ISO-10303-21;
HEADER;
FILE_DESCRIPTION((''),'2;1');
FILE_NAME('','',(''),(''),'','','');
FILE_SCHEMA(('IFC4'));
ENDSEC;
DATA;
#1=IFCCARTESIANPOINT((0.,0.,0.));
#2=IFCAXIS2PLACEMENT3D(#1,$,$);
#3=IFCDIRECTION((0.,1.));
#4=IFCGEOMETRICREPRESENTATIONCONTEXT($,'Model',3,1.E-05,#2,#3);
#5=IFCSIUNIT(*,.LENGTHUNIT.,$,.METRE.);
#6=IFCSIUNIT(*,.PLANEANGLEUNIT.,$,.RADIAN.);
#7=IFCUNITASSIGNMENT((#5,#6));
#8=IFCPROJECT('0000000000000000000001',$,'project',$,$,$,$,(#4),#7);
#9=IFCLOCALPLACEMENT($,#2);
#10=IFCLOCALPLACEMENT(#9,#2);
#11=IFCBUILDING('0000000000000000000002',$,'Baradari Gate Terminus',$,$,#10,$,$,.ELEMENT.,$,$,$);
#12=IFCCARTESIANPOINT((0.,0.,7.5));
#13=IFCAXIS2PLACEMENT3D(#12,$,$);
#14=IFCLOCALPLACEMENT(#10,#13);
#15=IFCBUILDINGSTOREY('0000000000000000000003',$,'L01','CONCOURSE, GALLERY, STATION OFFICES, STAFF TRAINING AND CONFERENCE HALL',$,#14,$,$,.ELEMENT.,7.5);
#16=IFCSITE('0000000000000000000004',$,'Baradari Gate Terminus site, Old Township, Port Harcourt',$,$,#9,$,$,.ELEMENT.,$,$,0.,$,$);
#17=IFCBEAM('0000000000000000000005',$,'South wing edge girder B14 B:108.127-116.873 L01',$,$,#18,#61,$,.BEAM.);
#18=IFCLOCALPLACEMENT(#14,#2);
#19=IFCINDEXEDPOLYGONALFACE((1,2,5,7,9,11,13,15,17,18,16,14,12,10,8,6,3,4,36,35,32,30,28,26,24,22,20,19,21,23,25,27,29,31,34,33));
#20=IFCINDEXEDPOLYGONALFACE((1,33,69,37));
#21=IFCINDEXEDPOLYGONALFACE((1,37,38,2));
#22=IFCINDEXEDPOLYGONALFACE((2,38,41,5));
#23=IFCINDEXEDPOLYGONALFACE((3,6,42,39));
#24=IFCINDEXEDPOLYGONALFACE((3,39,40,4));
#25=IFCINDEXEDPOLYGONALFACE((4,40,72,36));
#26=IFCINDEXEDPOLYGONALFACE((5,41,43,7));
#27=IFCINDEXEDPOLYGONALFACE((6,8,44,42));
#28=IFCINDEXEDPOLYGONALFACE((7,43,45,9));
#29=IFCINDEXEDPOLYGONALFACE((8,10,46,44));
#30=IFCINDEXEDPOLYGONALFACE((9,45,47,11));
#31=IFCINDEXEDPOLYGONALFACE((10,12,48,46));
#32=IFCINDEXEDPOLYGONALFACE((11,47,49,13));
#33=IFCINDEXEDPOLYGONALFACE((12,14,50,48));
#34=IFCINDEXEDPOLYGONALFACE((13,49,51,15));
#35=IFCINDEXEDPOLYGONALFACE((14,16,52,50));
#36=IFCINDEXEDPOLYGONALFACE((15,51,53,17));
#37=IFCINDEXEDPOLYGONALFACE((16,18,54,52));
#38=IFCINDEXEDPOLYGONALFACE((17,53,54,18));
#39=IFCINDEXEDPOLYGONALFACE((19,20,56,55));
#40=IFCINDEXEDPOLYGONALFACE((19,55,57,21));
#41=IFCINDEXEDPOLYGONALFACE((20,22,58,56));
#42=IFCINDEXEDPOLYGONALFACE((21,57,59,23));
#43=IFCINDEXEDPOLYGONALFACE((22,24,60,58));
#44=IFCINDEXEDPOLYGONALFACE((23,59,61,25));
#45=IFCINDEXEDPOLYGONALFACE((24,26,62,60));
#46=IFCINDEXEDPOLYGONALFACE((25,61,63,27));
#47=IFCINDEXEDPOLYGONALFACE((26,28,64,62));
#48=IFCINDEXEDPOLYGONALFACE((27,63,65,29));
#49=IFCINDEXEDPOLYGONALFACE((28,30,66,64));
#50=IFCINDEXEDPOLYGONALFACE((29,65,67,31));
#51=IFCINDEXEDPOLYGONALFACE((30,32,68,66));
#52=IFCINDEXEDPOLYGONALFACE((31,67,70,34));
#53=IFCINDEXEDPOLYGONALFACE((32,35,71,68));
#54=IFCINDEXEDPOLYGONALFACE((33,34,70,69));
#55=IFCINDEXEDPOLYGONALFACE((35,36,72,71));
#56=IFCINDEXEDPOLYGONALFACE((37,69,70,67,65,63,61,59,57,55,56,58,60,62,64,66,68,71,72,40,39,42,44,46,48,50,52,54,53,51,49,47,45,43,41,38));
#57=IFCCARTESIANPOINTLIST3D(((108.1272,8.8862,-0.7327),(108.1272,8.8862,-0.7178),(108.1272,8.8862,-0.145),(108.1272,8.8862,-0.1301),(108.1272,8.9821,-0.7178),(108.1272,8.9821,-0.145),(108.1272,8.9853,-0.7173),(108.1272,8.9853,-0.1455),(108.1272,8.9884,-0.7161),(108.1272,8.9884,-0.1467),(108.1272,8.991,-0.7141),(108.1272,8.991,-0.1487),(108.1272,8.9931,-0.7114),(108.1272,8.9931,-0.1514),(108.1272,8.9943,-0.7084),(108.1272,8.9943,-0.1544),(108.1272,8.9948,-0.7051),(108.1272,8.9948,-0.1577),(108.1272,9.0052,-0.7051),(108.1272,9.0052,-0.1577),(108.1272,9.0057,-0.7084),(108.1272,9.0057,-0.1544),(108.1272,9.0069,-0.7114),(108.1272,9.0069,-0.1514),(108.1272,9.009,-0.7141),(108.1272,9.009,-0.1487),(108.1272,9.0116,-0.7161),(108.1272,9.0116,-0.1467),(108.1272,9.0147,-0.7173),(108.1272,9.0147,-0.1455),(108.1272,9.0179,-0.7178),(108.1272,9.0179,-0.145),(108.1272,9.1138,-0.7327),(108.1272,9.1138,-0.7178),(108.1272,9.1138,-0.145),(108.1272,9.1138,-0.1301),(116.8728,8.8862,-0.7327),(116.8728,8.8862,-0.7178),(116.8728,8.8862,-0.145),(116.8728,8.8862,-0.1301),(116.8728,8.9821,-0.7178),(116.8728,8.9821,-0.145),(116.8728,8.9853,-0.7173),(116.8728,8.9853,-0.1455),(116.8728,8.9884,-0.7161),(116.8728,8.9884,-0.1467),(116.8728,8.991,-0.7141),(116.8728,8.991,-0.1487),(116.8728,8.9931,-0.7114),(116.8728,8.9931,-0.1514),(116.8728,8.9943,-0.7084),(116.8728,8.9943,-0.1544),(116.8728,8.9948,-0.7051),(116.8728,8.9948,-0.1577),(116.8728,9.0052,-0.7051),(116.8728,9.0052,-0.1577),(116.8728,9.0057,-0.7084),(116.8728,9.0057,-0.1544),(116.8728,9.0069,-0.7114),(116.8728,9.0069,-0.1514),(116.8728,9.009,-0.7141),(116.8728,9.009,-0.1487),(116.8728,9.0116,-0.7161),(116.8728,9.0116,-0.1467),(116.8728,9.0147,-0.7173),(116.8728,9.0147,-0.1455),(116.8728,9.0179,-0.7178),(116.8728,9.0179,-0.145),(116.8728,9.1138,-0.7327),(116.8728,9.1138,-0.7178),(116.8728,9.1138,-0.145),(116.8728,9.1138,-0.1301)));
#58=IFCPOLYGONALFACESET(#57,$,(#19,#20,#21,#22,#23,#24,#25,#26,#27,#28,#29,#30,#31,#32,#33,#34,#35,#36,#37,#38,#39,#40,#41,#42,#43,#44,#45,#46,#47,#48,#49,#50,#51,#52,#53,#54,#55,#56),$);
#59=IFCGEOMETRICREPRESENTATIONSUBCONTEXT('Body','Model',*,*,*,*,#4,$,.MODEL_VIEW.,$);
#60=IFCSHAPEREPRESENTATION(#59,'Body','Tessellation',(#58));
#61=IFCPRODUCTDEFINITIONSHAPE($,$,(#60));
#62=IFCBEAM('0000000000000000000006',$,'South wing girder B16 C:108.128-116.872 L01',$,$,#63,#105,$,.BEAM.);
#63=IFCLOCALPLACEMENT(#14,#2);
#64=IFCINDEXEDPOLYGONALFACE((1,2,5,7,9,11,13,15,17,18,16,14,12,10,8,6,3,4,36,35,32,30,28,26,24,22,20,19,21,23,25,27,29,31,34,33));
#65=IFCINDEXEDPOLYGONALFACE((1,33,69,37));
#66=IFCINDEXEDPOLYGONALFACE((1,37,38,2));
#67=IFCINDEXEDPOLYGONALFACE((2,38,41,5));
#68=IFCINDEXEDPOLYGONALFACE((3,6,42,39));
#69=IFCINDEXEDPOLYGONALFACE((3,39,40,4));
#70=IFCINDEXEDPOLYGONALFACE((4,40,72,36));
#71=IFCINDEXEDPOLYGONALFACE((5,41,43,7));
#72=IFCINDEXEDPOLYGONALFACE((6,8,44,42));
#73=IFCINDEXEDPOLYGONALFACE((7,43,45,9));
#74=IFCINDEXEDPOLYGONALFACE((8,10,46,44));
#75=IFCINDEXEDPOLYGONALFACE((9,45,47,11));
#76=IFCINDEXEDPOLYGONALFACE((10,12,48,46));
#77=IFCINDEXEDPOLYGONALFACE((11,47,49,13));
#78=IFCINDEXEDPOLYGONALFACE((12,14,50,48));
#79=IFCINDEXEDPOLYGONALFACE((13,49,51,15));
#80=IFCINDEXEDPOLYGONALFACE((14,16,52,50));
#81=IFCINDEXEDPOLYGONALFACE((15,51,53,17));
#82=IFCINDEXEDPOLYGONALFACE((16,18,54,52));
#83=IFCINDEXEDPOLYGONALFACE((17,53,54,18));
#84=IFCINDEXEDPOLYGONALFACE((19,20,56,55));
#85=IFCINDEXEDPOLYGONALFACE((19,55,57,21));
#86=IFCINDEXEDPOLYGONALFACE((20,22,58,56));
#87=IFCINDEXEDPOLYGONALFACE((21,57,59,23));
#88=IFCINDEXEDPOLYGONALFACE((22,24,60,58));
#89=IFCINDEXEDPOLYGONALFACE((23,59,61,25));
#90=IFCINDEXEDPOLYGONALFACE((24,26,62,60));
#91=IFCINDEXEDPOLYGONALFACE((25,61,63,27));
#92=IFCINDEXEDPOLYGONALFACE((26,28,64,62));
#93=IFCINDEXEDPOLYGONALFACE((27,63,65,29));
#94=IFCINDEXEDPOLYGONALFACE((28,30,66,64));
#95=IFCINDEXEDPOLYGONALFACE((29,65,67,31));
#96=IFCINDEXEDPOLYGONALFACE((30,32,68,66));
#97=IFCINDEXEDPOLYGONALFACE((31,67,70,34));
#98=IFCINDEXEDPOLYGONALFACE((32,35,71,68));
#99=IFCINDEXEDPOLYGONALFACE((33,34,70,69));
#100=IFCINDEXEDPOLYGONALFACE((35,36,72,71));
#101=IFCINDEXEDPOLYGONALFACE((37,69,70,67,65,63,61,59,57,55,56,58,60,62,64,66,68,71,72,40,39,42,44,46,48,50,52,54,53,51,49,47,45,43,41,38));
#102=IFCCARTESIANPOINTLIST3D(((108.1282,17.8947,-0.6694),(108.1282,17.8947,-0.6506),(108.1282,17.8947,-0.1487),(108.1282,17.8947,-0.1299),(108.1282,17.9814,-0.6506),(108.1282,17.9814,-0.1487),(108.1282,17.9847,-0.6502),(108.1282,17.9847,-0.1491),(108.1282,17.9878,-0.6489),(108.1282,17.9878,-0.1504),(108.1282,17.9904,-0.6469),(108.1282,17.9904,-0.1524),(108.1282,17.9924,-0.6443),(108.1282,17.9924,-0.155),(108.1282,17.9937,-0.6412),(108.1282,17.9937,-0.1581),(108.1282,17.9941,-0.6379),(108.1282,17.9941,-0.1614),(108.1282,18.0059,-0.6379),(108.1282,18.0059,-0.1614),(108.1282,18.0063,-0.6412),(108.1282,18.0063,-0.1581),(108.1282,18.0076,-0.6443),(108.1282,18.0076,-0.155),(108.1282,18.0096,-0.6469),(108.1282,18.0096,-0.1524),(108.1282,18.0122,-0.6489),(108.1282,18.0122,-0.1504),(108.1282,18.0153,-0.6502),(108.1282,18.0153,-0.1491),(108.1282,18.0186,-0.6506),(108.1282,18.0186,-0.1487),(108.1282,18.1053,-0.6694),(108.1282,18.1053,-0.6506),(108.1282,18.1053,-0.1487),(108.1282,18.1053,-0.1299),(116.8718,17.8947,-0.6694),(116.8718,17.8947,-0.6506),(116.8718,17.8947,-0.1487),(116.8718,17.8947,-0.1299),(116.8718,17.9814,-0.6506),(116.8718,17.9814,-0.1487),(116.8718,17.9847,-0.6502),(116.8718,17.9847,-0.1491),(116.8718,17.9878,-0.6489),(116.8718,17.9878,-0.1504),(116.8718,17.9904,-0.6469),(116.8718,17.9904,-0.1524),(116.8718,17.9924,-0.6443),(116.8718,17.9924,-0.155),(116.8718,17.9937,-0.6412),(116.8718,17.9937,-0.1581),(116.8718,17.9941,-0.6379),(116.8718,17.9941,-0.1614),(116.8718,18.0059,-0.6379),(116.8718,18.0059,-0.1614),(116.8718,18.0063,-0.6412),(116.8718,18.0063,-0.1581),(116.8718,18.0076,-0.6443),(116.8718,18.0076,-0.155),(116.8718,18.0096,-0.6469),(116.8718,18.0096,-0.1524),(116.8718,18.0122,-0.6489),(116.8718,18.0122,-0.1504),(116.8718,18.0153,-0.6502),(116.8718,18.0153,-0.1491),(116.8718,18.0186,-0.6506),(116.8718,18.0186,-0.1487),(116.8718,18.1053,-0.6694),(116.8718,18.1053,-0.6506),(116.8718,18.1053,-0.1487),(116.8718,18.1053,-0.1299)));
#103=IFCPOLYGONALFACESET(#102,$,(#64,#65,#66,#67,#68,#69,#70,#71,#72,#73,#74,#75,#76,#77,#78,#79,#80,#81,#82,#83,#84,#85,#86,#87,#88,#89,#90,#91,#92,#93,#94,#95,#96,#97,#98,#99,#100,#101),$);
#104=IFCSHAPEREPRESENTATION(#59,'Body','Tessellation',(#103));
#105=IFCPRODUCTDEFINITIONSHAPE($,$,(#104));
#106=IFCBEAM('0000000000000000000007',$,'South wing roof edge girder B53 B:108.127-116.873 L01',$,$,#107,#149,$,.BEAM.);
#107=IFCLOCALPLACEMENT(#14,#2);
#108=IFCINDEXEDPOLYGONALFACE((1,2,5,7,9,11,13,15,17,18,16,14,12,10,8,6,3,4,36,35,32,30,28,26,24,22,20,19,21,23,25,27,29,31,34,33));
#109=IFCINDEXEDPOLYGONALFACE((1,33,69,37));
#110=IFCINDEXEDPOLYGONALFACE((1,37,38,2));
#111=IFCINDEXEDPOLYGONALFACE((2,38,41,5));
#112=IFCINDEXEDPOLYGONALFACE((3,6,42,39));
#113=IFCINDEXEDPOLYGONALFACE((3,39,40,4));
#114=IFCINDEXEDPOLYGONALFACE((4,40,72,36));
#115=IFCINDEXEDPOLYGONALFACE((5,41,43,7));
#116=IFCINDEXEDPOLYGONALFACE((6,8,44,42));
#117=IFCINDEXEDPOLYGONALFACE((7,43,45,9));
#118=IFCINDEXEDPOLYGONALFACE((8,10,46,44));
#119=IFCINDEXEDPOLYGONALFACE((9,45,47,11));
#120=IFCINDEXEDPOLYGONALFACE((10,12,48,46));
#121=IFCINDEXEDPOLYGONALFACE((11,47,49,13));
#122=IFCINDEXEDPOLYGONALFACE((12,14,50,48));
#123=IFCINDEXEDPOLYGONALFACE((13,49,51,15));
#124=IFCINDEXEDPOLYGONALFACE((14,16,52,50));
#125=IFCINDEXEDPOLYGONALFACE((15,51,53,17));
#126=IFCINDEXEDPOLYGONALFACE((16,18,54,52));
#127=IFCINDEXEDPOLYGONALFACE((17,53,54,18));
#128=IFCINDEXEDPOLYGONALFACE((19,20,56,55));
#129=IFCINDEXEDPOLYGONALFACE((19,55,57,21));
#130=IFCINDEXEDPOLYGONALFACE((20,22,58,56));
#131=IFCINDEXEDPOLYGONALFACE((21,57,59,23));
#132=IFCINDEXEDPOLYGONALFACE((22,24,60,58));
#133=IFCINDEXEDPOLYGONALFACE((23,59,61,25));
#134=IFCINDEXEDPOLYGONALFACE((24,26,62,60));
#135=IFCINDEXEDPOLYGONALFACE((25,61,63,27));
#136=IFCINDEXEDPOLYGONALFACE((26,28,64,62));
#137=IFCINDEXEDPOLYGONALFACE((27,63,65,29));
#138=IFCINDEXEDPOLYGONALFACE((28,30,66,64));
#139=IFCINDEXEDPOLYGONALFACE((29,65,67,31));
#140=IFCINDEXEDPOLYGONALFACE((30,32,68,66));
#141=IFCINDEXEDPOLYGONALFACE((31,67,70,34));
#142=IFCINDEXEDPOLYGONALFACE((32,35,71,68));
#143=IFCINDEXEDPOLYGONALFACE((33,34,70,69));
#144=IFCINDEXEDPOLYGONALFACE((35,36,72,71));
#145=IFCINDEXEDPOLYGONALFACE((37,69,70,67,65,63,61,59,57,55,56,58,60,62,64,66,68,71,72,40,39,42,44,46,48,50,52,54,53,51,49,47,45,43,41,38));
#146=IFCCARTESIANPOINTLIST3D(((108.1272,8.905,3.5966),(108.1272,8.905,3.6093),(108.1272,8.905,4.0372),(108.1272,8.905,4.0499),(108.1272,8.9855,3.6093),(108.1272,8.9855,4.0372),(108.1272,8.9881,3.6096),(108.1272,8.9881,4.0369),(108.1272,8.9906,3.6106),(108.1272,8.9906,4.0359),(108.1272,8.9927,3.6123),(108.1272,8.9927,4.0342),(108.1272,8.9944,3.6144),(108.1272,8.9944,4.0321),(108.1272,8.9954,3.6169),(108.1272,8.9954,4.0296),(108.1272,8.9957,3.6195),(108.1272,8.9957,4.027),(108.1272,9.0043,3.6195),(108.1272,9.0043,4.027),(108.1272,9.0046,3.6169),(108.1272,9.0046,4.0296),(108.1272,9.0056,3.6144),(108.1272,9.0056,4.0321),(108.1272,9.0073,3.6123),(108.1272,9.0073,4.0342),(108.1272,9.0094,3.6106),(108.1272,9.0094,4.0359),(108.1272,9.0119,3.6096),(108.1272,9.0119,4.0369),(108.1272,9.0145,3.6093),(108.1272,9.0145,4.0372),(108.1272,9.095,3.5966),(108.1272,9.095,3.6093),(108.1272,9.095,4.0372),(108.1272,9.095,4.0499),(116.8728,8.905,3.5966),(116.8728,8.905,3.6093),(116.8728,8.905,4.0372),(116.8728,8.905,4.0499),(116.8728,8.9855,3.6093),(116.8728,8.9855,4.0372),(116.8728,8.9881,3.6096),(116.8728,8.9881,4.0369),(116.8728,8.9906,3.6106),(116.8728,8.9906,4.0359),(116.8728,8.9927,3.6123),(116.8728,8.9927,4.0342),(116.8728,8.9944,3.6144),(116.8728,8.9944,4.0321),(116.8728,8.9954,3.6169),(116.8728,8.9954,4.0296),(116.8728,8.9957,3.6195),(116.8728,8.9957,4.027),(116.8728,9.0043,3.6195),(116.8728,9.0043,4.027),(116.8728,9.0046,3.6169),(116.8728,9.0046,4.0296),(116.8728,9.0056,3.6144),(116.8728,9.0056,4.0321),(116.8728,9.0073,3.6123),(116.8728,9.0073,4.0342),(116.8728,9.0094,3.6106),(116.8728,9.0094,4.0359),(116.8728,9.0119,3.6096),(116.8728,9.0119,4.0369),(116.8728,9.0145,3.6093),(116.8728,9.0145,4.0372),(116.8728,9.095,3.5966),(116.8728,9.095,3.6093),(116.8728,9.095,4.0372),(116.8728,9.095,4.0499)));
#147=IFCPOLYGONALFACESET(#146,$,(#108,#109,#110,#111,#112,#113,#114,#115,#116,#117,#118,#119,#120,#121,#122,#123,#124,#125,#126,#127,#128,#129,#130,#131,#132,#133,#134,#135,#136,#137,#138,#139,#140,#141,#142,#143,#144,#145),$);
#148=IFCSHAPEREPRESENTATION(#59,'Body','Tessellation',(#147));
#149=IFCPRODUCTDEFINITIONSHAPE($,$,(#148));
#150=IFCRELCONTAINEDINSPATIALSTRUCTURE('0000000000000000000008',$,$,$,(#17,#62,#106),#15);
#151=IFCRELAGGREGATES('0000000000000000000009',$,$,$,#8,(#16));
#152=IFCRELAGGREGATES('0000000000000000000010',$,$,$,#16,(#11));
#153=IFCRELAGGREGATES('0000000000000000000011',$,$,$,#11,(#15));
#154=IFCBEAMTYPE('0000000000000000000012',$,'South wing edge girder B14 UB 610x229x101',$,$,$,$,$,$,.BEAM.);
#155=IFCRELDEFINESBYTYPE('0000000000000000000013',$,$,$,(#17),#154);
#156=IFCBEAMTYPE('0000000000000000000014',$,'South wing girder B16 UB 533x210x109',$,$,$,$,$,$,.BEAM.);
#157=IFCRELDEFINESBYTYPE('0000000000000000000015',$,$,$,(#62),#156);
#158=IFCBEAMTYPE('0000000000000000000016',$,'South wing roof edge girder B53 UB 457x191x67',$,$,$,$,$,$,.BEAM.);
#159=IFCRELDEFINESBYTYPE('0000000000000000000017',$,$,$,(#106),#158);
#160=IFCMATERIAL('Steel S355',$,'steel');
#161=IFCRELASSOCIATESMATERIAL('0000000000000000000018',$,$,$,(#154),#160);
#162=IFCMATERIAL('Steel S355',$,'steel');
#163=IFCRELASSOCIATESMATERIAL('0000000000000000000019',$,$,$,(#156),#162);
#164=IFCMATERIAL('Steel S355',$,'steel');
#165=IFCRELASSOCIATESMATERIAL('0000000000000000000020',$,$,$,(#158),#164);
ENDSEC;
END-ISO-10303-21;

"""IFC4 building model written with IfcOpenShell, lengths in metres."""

from ifc_helpers import new_model, si_unit, direction, frame, origin, origin_2d, place, context, subcontext, project, spatial, i_section, extrude, material, material_profile, profile_set, type_object, element, save


model = new_model("IFC4")

# Units and contexts
model_context = context("Model", 3, precision=1e-05, world=origin(), true_north=direction((0.0, 1.0)))
body_context = subcontext(model_context, "Body", "Model", "MODEL_VIEW")
ifc_project = project(units=[si_unit("LENGTHUNIT", "METRE"), si_unit("PLANEANGLEUNIT", "RADIAN")], contexts=[model_context])

# Site, building, storey
site_placement = place(None, origin())
site = spatial("IfcSite", under=ifc_project, at=site_placement, Name="Baradari Gate Terminus site, Old Township, Port Harcourt", CompositionType="ELEMENT", RefElevation=0.0)
building_placement = place(site_placement, origin())
building = spatial("IfcBuilding", under=site, at=building_placement, Name="Baradari Gate Terminus", CompositionType="ELEMENT")
storey_placement = place(building_placement, frame((0.0, 0.0, 7.5)))
storey = spatial("IfcBuildingStorey", under=building, at=storey_placement, Name="L01", Description="CONCOURSE, GALLERY, STATION OFFICES, STAFF TRAINING AND CONFERENCE HALL", CompositionType="ELEMENT", Elevation=7.5)

# Beams
ifc_material_1 = material(Name="Steel S355", Category="steel")
ifc_material_profile_1 = material_profile(ifc_material_1, i_section(OverallWidth=0.2275, OverallDepth=0.6025, WebThickness=0.0105, FlangeThickness=0.0149, FilletRadius=0.0127, at=origin_2d()), Name="UB 610x229x101")
ifc_profile_set_1 = profile_set([ifc_material_profile_1], Name="Steel S355")
beam_type_1 = type_object("IfcBeamType", Name="South wing edge girder B14 UB 610x229x101", PredefinedType="BEAM", material=ifc_profile_set_1)
beam_1_placement = place(storey_placement, frame((108.1272, 9.0, -0.4314), z_axis=(1.0, 0.0, 0.0), x_axis=(0.0, 1.0, 0.0)))
element("IfcBeam", 1, at=beam_1_placement, inside=storey, type_object=beam_type_1, Name="South wing edge girder B14 B:108.127-116.873 L01", PredefinedType="BEAM", context=body_context, shape_type="SweptSolid", body=[
    extrude(i_section(OverallWidth=0.2275, OverallDepth=0.6025, WebThickness=0.0105, FlangeThickness=0.0149, FilletRadius=0.0127, at=origin_2d()), origin(), (0.0, 0.0, 1.0), 8.7456),
])
ifc_material_2 = material(Name="Steel S355", Category="steel")
ifc_material_profile_2 = material_profile(ifc_material_2, i_section(OverallWidth=0.2107, OverallDepth=0.5396, WebThickness=0.0117, FlangeThickness=0.0188, FilletRadius=0.0127, at=origin_2d()), Name="UB 533x210x109")
ifc_profile_set_2 = profile_set([ifc_material_profile_2], Name="Steel S355")
beam_type_2 = type_object("IfcBeamType", Name="South wing girder B16 UB 533x210x109", PredefinedType="BEAM", material=ifc_profile_set_2)
beam_2_placement = place(storey_placement, frame((108.1282, 18.0, -0.3997), z_axis=(1.0, 0.0, 0.0), x_axis=(0.0, 1.0, 0.0)))
element("IfcBeam", 2, at=beam_2_placement, inside=storey, type_object=beam_type_2, Name="South wing girder B16 C:108.128-116.872 L01", PredefinedType="BEAM", context=body_context, shape_type="SweptSolid", body=[
    extrude(i_section(OverallWidth=0.2107, OverallDepth=0.5396, WebThickness=0.0117, FlangeThickness=0.0188, FilletRadius=0.0127, at=origin_2d()), origin(), (0.0, 0.0, 1.0), 8.7437),
])
ifc_material_3 = material(Name="Steel S355", Category="steel")
ifc_material_profile_3 = material_profile(ifc_material_3, i_section(OverallWidth=0.1899, OverallDepth=0.4534, WebThickness=0.0085, FlangeThickness=0.0127, FilletRadius=0.0103, at=origin_2d()), Name="UB 457x191x67")
ifc_profile_set_3 = profile_set([ifc_material_profile_3], Name="Steel S355")
beam_type_3 = type_object("IfcBeamType", Name="South wing roof edge girder B53 UB 457x191x67", PredefinedType="BEAM", material=ifc_profile_set_3)
beam_3_placement = place(storey_placement, frame((108.1272, 9.0, 3.8232), z_axis=(1.0, 0.0, 0.0), x_axis=(0.0, 1.0, 0.0)))
element("IfcBeam", 3, at=beam_3_placement, inside=storey, type_object=beam_type_3, Name="South wing roof edge girder B53 B:108.127-116.873 L01", PredefinedType="BEAM", context=body_context, shape_type="SweptSolid", body=[
    extrude(i_section(OverallWidth=0.1899, OverallDepth=0.4534, WebThickness=0.0085, FlangeThickness=0.0127, FilletRadius=0.0103, at=origin_2d()), origin(), (0.0, 0.0, 1.0), 8.7456),
])

save(model, "model.ifc")
